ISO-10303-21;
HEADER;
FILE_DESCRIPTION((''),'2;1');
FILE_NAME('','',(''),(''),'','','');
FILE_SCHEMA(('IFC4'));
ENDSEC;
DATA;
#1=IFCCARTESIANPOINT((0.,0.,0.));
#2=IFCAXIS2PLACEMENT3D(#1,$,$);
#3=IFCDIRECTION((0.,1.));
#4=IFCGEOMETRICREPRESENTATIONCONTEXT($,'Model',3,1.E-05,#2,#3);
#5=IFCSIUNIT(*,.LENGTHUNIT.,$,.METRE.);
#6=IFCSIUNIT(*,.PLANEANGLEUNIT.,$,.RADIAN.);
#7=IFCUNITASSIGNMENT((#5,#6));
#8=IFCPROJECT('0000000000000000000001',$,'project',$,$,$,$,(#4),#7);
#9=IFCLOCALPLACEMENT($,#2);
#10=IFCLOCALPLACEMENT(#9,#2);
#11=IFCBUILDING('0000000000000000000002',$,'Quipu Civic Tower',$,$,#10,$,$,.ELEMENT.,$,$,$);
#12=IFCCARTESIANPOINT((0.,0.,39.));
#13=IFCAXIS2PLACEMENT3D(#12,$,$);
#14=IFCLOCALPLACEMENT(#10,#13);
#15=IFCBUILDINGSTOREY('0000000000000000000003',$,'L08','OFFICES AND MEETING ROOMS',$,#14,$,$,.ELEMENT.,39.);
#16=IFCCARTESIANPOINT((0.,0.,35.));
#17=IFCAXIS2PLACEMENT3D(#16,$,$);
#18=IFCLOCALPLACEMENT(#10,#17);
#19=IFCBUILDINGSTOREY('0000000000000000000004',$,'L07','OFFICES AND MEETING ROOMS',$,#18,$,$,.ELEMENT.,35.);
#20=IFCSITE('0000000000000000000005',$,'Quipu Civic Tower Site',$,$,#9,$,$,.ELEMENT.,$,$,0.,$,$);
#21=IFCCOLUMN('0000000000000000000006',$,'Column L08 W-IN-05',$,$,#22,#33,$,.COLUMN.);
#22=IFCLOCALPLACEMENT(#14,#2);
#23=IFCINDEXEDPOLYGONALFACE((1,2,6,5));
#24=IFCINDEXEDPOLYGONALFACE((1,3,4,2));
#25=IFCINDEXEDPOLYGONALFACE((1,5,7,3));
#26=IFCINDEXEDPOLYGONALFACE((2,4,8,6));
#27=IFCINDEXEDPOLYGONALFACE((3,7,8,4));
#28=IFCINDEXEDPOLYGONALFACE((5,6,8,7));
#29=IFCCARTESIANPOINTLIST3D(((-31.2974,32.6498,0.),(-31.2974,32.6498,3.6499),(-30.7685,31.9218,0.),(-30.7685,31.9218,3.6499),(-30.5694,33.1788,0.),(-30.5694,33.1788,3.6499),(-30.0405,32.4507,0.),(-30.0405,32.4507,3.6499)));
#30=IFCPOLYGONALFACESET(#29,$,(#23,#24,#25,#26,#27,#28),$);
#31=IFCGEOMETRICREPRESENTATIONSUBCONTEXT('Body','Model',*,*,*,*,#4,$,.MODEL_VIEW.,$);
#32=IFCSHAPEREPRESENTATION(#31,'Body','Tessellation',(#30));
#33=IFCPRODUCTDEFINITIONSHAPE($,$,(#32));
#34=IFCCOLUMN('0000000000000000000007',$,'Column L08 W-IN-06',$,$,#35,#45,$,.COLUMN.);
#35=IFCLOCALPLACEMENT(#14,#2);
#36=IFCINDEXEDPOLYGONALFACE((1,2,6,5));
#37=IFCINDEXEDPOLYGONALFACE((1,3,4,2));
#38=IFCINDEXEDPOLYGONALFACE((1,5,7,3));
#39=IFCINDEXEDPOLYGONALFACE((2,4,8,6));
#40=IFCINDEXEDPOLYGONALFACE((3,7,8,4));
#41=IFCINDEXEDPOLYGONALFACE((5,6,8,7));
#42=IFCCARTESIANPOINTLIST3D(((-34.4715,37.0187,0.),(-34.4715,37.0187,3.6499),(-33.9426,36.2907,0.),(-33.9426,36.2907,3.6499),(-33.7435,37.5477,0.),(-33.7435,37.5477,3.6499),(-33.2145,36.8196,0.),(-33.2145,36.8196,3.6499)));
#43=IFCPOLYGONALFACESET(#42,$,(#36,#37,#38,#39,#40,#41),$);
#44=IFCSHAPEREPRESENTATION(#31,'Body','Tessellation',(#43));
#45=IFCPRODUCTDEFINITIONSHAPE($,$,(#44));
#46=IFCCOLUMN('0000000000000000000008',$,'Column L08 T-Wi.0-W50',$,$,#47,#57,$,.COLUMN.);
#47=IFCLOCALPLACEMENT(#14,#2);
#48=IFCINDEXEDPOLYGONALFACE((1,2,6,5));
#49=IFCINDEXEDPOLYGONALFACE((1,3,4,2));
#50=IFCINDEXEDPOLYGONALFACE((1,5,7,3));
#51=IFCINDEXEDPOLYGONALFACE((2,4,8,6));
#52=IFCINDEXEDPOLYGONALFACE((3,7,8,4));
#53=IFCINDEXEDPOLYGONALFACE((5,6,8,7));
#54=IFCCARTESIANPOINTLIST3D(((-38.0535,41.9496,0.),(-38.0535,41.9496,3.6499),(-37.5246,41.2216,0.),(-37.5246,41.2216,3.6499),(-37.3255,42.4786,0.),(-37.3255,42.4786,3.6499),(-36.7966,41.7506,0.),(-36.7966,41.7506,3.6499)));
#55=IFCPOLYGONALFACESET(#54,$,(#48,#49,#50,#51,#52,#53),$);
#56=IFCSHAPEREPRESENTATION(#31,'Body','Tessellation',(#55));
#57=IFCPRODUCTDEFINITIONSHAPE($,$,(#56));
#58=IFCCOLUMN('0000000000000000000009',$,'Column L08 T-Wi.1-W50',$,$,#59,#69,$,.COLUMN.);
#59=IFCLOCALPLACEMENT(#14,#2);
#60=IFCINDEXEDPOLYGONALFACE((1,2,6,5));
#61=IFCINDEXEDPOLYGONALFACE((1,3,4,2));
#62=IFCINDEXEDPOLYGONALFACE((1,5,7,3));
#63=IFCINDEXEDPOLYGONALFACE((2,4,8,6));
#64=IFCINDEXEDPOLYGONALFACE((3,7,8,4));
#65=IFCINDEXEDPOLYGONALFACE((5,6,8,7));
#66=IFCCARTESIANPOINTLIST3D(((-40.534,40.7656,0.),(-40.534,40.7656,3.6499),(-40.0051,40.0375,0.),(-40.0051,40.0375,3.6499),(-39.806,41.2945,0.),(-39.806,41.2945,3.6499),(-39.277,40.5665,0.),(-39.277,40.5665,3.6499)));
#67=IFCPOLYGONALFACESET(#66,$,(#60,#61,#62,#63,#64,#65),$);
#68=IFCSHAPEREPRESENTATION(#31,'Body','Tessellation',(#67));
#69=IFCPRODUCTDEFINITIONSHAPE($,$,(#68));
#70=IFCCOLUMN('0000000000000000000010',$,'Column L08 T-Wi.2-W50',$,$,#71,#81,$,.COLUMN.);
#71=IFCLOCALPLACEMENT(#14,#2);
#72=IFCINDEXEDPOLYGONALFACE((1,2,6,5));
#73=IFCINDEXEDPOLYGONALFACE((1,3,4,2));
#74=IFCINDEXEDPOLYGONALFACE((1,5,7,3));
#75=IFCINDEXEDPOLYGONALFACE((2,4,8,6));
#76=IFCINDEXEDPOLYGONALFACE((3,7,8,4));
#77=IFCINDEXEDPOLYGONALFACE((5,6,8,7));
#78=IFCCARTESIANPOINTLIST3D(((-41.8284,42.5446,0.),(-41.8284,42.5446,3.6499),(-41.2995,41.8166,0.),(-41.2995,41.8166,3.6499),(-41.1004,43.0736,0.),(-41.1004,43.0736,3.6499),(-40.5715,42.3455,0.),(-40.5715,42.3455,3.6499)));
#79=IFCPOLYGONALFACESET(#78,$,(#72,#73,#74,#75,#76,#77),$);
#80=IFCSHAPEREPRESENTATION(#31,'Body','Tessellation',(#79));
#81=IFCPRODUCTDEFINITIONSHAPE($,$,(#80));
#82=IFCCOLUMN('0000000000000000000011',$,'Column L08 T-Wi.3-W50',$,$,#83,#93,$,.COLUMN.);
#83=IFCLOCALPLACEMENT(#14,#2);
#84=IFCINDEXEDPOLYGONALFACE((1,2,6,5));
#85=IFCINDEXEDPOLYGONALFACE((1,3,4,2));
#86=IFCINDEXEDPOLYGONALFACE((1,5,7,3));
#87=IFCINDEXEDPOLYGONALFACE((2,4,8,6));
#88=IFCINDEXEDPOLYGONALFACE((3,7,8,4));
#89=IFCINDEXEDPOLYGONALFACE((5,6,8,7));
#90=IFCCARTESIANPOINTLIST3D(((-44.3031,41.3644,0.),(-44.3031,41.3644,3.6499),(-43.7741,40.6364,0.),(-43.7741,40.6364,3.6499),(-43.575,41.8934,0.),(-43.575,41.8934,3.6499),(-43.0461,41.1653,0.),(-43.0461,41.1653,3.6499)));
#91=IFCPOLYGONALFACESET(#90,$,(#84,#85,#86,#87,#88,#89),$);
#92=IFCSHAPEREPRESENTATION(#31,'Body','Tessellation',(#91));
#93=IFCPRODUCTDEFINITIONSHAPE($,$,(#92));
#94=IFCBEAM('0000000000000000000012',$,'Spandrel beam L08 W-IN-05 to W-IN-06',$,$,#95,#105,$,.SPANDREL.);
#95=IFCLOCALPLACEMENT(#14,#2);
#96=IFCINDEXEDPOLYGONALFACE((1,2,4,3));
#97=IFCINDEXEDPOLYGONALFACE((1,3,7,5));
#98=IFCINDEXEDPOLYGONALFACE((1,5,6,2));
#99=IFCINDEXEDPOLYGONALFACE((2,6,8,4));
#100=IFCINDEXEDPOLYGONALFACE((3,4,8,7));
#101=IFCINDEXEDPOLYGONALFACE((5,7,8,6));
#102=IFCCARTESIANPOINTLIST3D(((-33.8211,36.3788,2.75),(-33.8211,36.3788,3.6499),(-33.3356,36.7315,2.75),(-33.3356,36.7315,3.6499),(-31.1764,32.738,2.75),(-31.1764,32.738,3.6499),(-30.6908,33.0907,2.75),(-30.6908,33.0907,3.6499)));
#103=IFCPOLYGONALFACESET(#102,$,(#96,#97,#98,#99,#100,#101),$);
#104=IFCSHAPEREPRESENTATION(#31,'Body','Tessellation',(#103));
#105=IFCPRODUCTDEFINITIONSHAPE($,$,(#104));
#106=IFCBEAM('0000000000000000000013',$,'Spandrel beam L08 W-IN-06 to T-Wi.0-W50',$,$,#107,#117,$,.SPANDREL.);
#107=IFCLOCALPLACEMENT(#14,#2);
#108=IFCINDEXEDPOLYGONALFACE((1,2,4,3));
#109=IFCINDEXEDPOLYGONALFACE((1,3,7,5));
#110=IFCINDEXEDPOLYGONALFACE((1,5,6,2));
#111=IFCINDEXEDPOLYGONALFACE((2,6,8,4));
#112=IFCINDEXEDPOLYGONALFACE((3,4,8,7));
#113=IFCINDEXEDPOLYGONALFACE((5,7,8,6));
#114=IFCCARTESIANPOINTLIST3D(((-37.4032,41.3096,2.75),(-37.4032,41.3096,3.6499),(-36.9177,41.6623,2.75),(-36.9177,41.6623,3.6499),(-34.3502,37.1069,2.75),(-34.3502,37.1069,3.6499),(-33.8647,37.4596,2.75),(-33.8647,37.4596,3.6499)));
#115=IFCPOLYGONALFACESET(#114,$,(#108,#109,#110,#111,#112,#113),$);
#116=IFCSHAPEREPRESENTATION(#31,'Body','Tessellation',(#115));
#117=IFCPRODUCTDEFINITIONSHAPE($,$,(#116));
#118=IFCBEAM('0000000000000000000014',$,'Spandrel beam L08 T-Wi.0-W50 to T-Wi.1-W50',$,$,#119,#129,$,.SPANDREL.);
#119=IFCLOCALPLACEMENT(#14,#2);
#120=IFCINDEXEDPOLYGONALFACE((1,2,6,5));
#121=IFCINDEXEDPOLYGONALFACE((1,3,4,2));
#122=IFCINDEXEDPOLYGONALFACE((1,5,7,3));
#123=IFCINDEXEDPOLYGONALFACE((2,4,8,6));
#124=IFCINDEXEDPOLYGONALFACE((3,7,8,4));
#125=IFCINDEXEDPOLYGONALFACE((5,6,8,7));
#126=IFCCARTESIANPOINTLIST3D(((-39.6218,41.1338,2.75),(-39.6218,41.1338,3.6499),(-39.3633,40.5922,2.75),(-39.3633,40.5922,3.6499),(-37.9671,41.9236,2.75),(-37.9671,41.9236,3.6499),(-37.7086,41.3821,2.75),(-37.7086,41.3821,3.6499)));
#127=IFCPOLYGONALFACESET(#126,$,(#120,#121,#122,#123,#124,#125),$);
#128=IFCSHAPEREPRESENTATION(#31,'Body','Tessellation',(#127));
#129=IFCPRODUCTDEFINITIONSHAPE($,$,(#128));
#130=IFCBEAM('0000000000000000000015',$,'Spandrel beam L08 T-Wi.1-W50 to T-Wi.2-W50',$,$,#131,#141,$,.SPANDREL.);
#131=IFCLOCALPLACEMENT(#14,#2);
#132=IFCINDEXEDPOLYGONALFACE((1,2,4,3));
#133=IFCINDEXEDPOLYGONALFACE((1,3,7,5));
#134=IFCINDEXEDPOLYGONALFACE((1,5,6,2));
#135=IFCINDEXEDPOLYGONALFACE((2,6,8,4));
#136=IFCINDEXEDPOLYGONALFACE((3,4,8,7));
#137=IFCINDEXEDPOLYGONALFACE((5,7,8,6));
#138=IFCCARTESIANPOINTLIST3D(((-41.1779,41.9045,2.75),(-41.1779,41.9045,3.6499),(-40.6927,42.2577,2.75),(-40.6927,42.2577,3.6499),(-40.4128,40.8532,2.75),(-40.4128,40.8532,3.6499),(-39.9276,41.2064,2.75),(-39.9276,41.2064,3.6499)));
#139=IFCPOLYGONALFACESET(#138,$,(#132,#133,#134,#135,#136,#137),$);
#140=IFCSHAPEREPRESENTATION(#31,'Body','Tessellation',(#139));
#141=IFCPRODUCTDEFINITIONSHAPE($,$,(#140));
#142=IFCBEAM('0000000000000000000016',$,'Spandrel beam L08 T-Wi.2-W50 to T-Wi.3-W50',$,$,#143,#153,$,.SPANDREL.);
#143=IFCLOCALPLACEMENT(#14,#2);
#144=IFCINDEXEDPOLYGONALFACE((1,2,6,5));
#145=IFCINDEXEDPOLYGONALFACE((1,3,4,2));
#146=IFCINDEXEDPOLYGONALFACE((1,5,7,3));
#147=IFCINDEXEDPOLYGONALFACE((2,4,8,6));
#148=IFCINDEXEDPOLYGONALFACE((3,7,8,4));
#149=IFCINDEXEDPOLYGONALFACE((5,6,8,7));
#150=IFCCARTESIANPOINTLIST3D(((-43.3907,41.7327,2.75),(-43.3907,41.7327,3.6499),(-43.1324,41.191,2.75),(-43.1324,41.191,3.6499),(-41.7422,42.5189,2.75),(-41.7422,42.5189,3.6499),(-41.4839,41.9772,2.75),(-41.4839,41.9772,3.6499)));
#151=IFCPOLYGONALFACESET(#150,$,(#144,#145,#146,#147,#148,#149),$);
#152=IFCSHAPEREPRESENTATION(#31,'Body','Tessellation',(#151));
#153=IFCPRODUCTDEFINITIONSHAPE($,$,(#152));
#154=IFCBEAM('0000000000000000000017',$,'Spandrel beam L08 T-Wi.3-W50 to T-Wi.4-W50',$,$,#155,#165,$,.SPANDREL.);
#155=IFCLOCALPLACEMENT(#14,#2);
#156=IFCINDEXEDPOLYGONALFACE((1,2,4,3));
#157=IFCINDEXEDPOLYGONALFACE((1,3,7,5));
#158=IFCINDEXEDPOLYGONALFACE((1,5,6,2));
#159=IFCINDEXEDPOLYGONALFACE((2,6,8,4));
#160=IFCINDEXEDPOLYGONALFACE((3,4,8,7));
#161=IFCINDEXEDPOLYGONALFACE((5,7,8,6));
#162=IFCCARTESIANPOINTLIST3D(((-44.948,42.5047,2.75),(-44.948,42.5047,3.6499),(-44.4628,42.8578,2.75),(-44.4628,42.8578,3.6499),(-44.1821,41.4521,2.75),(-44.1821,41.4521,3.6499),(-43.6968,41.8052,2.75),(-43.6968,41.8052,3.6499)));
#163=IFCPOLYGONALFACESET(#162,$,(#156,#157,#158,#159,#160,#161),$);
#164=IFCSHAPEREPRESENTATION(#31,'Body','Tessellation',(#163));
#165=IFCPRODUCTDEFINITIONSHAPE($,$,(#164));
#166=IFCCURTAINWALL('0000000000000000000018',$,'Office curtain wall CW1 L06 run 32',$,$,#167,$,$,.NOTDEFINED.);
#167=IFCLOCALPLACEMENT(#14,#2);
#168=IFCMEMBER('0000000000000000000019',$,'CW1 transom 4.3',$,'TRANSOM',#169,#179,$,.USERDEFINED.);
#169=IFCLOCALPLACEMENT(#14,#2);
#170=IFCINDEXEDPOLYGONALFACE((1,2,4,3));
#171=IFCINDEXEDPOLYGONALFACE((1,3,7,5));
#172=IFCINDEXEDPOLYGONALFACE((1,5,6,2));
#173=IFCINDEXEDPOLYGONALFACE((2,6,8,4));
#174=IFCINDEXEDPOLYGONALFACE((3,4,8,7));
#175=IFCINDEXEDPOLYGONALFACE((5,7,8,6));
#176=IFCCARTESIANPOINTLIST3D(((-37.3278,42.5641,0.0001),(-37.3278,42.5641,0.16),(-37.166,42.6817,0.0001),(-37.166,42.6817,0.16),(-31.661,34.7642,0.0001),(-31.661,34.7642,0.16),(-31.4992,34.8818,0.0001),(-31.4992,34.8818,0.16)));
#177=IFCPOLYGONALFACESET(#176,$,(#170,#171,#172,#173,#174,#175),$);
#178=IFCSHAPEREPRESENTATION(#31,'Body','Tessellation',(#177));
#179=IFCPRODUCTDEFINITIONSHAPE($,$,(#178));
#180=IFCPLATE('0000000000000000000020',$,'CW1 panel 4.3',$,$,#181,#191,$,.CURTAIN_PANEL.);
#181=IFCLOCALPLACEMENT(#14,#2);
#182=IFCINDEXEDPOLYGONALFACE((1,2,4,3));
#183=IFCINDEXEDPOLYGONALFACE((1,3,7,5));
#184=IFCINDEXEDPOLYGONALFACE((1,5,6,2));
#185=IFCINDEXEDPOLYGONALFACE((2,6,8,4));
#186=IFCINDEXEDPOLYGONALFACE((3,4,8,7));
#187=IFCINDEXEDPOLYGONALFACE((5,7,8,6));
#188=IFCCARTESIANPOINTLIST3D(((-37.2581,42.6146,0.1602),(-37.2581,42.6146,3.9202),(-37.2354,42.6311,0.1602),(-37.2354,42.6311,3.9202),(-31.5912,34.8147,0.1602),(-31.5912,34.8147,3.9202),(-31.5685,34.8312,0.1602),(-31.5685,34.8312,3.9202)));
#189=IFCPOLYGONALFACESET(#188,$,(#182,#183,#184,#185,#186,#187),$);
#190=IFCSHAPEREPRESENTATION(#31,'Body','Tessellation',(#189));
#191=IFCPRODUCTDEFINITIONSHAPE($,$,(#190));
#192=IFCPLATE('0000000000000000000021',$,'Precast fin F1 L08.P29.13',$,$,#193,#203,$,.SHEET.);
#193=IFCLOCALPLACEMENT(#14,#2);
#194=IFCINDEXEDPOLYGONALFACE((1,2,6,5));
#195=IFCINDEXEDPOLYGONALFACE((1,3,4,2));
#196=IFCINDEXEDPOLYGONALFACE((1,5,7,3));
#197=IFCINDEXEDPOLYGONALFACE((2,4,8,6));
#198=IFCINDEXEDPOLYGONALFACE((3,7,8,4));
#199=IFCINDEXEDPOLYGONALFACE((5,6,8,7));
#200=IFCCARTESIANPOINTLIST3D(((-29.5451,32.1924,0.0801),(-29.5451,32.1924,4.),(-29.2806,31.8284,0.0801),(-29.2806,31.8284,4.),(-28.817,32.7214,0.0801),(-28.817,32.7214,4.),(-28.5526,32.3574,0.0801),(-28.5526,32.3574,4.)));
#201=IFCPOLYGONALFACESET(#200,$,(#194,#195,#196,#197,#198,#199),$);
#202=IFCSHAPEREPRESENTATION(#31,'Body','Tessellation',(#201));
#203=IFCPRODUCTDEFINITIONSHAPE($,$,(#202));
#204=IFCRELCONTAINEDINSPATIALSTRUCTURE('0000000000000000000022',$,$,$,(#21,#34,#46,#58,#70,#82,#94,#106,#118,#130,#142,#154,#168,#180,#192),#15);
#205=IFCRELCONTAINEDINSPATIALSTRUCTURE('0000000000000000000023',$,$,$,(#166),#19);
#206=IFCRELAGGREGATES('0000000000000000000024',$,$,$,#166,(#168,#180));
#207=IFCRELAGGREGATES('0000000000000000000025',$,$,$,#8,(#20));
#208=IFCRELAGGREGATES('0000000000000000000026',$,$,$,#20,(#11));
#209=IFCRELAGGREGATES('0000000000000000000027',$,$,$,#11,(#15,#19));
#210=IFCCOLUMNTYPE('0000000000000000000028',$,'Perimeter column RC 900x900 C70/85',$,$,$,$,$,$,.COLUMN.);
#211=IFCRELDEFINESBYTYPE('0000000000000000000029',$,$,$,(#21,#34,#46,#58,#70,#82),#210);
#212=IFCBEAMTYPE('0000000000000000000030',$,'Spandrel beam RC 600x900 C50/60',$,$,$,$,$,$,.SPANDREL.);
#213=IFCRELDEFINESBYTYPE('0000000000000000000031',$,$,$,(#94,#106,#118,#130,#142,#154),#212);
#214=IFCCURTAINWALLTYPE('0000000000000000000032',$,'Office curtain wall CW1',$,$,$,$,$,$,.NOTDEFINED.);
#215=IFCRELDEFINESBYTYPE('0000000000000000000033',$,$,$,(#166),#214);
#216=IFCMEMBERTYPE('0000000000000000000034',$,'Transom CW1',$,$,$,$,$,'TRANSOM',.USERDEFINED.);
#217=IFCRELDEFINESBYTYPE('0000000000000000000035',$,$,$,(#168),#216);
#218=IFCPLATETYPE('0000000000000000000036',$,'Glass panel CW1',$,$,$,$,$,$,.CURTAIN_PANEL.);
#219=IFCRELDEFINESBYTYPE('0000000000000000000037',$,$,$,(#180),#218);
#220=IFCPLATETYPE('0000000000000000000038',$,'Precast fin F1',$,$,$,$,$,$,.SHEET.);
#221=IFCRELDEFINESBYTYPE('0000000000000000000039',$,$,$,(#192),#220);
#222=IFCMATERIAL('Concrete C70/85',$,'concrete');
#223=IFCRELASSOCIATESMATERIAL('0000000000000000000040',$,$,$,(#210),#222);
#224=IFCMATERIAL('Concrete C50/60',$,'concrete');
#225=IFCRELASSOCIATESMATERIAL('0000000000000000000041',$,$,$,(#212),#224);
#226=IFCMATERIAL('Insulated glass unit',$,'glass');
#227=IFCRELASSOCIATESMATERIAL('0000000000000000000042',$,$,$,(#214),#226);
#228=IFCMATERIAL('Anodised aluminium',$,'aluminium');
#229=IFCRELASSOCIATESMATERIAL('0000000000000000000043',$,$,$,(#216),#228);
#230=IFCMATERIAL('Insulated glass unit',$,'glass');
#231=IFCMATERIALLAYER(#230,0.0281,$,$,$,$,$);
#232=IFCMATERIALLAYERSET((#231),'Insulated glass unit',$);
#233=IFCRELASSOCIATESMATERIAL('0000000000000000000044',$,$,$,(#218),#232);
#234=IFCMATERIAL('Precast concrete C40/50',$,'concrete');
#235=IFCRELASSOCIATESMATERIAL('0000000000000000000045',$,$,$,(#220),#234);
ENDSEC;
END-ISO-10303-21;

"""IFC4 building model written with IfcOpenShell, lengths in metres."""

from ifc_helpers import new_model, si_unit, direction, frame, origin, origin_2d, place, context, subcontext, project, spatial, rectangle, extrude, material, layer, layer_set, material_profile, profile_set, type_object, element, aggregate, save


model = new_model("IFC4")

# Units and contexts
model_context = context("Model", 3, precision=1e-05, world=origin(), true_north=direction((0.0, 1.0)))
body_context = subcontext(model_context, "Body", "Model", "MODEL_VIEW")
ifc_project = project(units=[si_unit("LENGTHUNIT", "METRE"), si_unit("PLANEANGLEUNIT", "RADIAN")], contexts=[model_context])

# Site, building, storey
site_placement = place(None, origin())
site = spatial("IfcSite", under=ifc_project, at=site_placement, Name="Quipu Civic Tower Site", CompositionType="ELEMENT", RefElevation=0.0)
building_placement = place(site_placement, origin())
building = spatial("IfcBuilding", under=site, at=building_placement, Name="Quipu Civic Tower", CompositionType="ELEMENT")
storey_1_placement = place(building_placement, frame((0.0, 0.0, 39.0)))
storey_1 = spatial("IfcBuildingStorey", under=building, at=storey_1_placement, Name="L08", Description="OFFICES AND MEETING ROOMS", CompositionType="ELEMENT", Elevation=39.0)

# Columns
ifc_material_1 = material(Name="Concrete C70/85", Category="concrete")
ifc_material_profile_1 = material_profile(ifc_material_1, rectangle(XDim=0.8999, YDim=0.8999, at=origin_2d()), Name="RC900x900")
ifc_profile_set_1 = profile_set([ifc_material_profile_1], Name="Concrete C70/85")
column_type = type_object("IfcColumnType", Name="Perimeter column RC 900x900 C70/85", PredefinedType="COLUMN", material=ifc_profile_set_1)
for number, where, z_axis, x_axis, name in (
    (1, (-30.6689, 32.5503, 0.0), (0.0, 0.0, 1.0), (-0.587785, 0.809017, 0.0), "Column L08 W-IN-05"),
    (2, (-33.843, 36.9192, 0.0), (0.0, 0.0, 1.0), (-0.587785, 0.809017, 0.0), "Column L08 W-IN-06"),
    (3, (-37.425, 41.8501, 0.0), (0.0, 0.0, 1.0), (-0.587785, 0.809017, 0.0), "Column L08 T-Wi.0-W50"),
    (4, (-39.9055, 40.666, 0.0), (0.0, 0.0, 1.0), (-0.587785, 0.809017, 0.0), "Column L08 T-Wi.1-W50"),
    (5, (-41.2, 42.4451, 0.0), (0.0, 0.0, 1.0), (-0.587785, 0.809017, 0.0), "Column L08 T-Wi.2-W50"),
    (6, (-43.6746, 41.2649, 0.0), (0.0, 0.0, 1.0), (-0.809017, -0.587785, 0.0), "Column L08 T-Wi.3-W50"),
):
    element("IfcColumn", number, at=place(storey_1_placement, frame(where, z_axis=z_axis, x_axis=x_axis)), inside=storey_1, type_object=column_type, Name=name, PredefinedType="COLUMN", context=body_context, shape_type="SweptSolid", body=[
        extrude(rectangle(XDim=0.8999, YDim=0.8999, at=origin_2d()), origin(), (0.0, 0.0, 1.0), 3.6499),
    ])

# Beams
ifc_material_2 = material(Name="Concrete C50/60", Category="concrete")
ifc_material_profile_2 = material_profile(ifc_material_2, rectangle(XDim=0.6001, YDim=0.8999, at=origin_2d()), Name="RC600x900")
ifc_profile_set_2 = profile_set([ifc_material_profile_2], Name="Concrete C50/60")
beam_type = type_object("IfcBeamType", Name="Spandrel beam RC 600x900 C50/60", PredefinedType="SPANDREL", material=ifc_profile_set_2)
beam_1_placement = place(storey_1_placement, frame((-30.9336, 32.9143, 3.2), z_axis=(-0.587717, 0.809067, 0.0), x_axis=(-0.809067, -0.587717, 0.0)))
element("IfcBeam", 7, at=beam_1_placement, inside=storey_1, type_object=beam_type, Name="Spandrel beam L08 W-IN-05 to W-IN-06", PredefinedType="SPANDREL", context=body_context, shape_type="SweptSolid", body=[
    extrude(rectangle(XDim=0.6001, YDim=0.8999, at=origin_2d()), origin(), (0.0, 0.0, 1.0), 4.5),
])
beam_2_placement = place(storey_1_placement, frame((-34.1074, 37.2832, 3.2), z_axis=(-0.587733, 0.809055, 0.0), x_axis=(-0.809055, -0.587733, 0.0)))
element("IfcBeam", 8, at=beam_2_placement, inside=storey_1, type_object=beam_type, Name="Spandrel beam L08 W-IN-06 to T-Wi.0-W50", PredefinedType="SPANDREL", context=body_context, shape_type="SweptSolid", body=[
    extrude(rectangle(XDim=0.6001, YDim=0.8999, at=origin_2d()), origin(), (0.0, 0.0, 1.0), 5.1946),
])
beam_3_placement = place(storey_1_placement, frame((-37.8379, 41.6528, 3.2), z_axis=(-0.902454, -0.430786, 0.0), x_axis=(0.430786, -0.902454, 0.0)))
element("IfcBeam", 9, at=beam_3_placement, inside=storey_1, type_object=beam_type, Name="Spandrel beam L08 T-Wi.0-W50 to T-Wi.1-W50", PredefinedType="SPANDREL", context=body_context, shape_type="SweptSolid", body=[
    extrude(rectangle(XDim=0.6001, YDim=0.8999, at=origin_2d()), origin(), (0.0, 0.0, 1.0), 1.8335),
])
beam_4_placement = place(storey_1_placement, frame((-40.1702, 41.0298, 3.2), z_axis=(-0.588462, 0.808525, 0.0), x_axis=(-0.808525, -0.588462, 0.0)))
element("IfcBeam", 10, at=beam_4_placement, inside=storey_1, type_object=beam_type, Name="Spandrel beam L08 T-Wi.1-W50 to T-Wi.2-W50", PredefinedType="SPANDREL", context=body_context, shape_type="SweptSolid", body=[
    extrude(rectangle(XDim=0.6001, YDim=0.8999, at=origin_2d()), origin(), (0.0, 0.0, 1.0), 1.3003),
])
beam_5_placement = place(storey_1_placement, frame((-41.613, 42.248, 3.2), z_axis=(-0.902613, -0.430452, 0.0), x_axis=(0.430452, -0.902613, 0.0)))
element("IfcBeam", 11, at=beam_5_placement, inside=storey_1, type_object=beam_type, Name="Spandrel beam L08 T-Wi.2-W50 to T-Wi.3-W50", PredefinedType="SPANDREL", context=body_context, shape_type="SweptSolid", body=[
    extrude(rectangle(XDim=0.6001, YDim=0.8999, at=origin_2d()), origin(), (0.0, 0.0, 1.0), 1.8264),
])
beam_6_placement = place(storey_1_placement, frame((-43.9395, 41.6287, 3.2), z_axis=(-0.588384, 0.808582, 0.0), x_axis=(-0.808582, -0.588384, 0.0)))
element("IfcBeam", 12, at=beam_6_placement, inside=storey_1, type_object=beam_type, Name="Spandrel beam L08 T-Wi.3-W50 to T-Wi.4-W50", PredefinedType="SPANDREL", context=body_context, shape_type="SweptSolid", body=[
    extrude(rectangle(XDim=0.6001, YDim=0.8999, at=origin_2d()), origin(), (0.0, 0.0, 1.0), 1.3018),
])

# Shared definitions
storey_2_placement = place(building_placement, frame((0.0, 0.0, 35.0)))
storey_2 = spatial("IfcBuildingStorey", under=building, at=storey_2_placement, Name="L07", Description="OFFICES AND MEETING ROOMS", CompositionType="ELEMENT", Elevation=35.0)

# Curtain wall, member, plate
ifc_material_3 = material(Name="Insulated glass unit", Category="glass")
curtain_wall_type = type_object("IfcCurtainWallType", Name="Office curtain wall CW1", PredefinedType="NOTDEFINED", material=ifc_material_3)
curtain_wall_placement = place(storey_2_placement, origin())
curtain_wall = element("IfcCurtainWall", 13, at=curtain_wall_placement, inside=storey_2, type_object=curtain_wall_type, Name="Office curtain wall CW1 L06 run 32", PredefinedType="NOTDEFINED")
ifc_material_4 = material(Name="Anodised aluminium", Category="aluminium")
ifc_material_profile_3 = material_profile(ifc_material_4, rectangle(XDim=0.2, YDim=0.1599, at=origin_2d()), Name="RECT 200x160")
ifc_profile_set_3 = profile_set([ifc_material_profile_3], Name="Anodised aluminium")
member_type = type_object("IfcMemberType", Name="Transom CW1", ElementType="TRANSOM", PredefinedType="USERDEFINED", material=ifc_profile_set_3)
member_placement = place(storey_1_placement, frame((-31.5801, 34.823, 0.0801), z_axis=(-0.587776, 0.809024, 0.0), x_axis=(-0.809024, -0.587776, 0.0)))
member = element("IfcMember", 14, at=member_placement, inside=storey_1, type_object=member_type, Name="CW1 transom 4.3", ObjectType="TRANSOM", PredefinedType="USERDEFINED", context=body_context, shape_type="SweptSolid", body=[
    extrude(rectangle(XDim=0.2, YDim=0.1599, at=origin_2d()), origin(), (0.0, 0.0, 1.0), 9.6411),
])
ifc_material_5 = material(Name="Insulated glass unit", Category="glass")
ifc_layer_1 = layer(ifc_material_5, 0.0281)
ifc_layer_set_1 = layer_set([ifc_layer_1], Name="Insulated glass unit")
plate_type_1 = type_object("IfcPlateType", Name="Glass panel CW1", PredefinedType="CURTAIN_PANEL", material=ifc_layer_set_1)
plate_placement = place(storey_1_placement, frame((-34.4133, 38.7229, 0.1602), z_axis=(0.0, 0.0, 1.0), x_axis=(-0.587786, 0.809017, 0.0)))
plate = element("IfcPlate", 15, at=plate_placement, inside=storey_1, type_object=plate_type_1, Name="CW1 panel 4.3", PredefinedType="CURTAIN_PANEL", context=body_context, shape_type="SweptSolid", body=[
    extrude(rectangle(XDim=9.6411, YDim=0.0281, at=origin_2d()), origin(), (0.0, 0.0, 1.0), 3.76),
])
aggregate(curtain_wall, [member, plate])

# Plate
ifc_material_6 = material(Name="Precast concrete C40/50", Category="concrete")
plate_type_2 = type_object("IfcPlateType", Name="Precast fin F1", PredefinedType="SHEET", material=ifc_material_6)
for number, where, z_axis, x_axis, name in (
    (16, (-29.0488, 32.2749, 0.0801), (0.0, 0.0, 1.0), (-0.587785, 0.809017, 0.0), "Precast fin F1 L08.P29.13"),
):
    element("IfcPlate", number, at=place(storey_1_placement, frame(where, z_axis=z_axis, x_axis=x_axis)), inside=storey_1, type_object=plate_type_2, Name=name, PredefinedType="SHEET", context=body_context, shape_type="SweptSolid", body=[
        extrude(rectangle(XDim=0.45, YDim=0.8999, at=origin_2d()), origin(), (0.0, 0.0, 1.0), 3.9199),
    ])

save(model, "model.ifc")
